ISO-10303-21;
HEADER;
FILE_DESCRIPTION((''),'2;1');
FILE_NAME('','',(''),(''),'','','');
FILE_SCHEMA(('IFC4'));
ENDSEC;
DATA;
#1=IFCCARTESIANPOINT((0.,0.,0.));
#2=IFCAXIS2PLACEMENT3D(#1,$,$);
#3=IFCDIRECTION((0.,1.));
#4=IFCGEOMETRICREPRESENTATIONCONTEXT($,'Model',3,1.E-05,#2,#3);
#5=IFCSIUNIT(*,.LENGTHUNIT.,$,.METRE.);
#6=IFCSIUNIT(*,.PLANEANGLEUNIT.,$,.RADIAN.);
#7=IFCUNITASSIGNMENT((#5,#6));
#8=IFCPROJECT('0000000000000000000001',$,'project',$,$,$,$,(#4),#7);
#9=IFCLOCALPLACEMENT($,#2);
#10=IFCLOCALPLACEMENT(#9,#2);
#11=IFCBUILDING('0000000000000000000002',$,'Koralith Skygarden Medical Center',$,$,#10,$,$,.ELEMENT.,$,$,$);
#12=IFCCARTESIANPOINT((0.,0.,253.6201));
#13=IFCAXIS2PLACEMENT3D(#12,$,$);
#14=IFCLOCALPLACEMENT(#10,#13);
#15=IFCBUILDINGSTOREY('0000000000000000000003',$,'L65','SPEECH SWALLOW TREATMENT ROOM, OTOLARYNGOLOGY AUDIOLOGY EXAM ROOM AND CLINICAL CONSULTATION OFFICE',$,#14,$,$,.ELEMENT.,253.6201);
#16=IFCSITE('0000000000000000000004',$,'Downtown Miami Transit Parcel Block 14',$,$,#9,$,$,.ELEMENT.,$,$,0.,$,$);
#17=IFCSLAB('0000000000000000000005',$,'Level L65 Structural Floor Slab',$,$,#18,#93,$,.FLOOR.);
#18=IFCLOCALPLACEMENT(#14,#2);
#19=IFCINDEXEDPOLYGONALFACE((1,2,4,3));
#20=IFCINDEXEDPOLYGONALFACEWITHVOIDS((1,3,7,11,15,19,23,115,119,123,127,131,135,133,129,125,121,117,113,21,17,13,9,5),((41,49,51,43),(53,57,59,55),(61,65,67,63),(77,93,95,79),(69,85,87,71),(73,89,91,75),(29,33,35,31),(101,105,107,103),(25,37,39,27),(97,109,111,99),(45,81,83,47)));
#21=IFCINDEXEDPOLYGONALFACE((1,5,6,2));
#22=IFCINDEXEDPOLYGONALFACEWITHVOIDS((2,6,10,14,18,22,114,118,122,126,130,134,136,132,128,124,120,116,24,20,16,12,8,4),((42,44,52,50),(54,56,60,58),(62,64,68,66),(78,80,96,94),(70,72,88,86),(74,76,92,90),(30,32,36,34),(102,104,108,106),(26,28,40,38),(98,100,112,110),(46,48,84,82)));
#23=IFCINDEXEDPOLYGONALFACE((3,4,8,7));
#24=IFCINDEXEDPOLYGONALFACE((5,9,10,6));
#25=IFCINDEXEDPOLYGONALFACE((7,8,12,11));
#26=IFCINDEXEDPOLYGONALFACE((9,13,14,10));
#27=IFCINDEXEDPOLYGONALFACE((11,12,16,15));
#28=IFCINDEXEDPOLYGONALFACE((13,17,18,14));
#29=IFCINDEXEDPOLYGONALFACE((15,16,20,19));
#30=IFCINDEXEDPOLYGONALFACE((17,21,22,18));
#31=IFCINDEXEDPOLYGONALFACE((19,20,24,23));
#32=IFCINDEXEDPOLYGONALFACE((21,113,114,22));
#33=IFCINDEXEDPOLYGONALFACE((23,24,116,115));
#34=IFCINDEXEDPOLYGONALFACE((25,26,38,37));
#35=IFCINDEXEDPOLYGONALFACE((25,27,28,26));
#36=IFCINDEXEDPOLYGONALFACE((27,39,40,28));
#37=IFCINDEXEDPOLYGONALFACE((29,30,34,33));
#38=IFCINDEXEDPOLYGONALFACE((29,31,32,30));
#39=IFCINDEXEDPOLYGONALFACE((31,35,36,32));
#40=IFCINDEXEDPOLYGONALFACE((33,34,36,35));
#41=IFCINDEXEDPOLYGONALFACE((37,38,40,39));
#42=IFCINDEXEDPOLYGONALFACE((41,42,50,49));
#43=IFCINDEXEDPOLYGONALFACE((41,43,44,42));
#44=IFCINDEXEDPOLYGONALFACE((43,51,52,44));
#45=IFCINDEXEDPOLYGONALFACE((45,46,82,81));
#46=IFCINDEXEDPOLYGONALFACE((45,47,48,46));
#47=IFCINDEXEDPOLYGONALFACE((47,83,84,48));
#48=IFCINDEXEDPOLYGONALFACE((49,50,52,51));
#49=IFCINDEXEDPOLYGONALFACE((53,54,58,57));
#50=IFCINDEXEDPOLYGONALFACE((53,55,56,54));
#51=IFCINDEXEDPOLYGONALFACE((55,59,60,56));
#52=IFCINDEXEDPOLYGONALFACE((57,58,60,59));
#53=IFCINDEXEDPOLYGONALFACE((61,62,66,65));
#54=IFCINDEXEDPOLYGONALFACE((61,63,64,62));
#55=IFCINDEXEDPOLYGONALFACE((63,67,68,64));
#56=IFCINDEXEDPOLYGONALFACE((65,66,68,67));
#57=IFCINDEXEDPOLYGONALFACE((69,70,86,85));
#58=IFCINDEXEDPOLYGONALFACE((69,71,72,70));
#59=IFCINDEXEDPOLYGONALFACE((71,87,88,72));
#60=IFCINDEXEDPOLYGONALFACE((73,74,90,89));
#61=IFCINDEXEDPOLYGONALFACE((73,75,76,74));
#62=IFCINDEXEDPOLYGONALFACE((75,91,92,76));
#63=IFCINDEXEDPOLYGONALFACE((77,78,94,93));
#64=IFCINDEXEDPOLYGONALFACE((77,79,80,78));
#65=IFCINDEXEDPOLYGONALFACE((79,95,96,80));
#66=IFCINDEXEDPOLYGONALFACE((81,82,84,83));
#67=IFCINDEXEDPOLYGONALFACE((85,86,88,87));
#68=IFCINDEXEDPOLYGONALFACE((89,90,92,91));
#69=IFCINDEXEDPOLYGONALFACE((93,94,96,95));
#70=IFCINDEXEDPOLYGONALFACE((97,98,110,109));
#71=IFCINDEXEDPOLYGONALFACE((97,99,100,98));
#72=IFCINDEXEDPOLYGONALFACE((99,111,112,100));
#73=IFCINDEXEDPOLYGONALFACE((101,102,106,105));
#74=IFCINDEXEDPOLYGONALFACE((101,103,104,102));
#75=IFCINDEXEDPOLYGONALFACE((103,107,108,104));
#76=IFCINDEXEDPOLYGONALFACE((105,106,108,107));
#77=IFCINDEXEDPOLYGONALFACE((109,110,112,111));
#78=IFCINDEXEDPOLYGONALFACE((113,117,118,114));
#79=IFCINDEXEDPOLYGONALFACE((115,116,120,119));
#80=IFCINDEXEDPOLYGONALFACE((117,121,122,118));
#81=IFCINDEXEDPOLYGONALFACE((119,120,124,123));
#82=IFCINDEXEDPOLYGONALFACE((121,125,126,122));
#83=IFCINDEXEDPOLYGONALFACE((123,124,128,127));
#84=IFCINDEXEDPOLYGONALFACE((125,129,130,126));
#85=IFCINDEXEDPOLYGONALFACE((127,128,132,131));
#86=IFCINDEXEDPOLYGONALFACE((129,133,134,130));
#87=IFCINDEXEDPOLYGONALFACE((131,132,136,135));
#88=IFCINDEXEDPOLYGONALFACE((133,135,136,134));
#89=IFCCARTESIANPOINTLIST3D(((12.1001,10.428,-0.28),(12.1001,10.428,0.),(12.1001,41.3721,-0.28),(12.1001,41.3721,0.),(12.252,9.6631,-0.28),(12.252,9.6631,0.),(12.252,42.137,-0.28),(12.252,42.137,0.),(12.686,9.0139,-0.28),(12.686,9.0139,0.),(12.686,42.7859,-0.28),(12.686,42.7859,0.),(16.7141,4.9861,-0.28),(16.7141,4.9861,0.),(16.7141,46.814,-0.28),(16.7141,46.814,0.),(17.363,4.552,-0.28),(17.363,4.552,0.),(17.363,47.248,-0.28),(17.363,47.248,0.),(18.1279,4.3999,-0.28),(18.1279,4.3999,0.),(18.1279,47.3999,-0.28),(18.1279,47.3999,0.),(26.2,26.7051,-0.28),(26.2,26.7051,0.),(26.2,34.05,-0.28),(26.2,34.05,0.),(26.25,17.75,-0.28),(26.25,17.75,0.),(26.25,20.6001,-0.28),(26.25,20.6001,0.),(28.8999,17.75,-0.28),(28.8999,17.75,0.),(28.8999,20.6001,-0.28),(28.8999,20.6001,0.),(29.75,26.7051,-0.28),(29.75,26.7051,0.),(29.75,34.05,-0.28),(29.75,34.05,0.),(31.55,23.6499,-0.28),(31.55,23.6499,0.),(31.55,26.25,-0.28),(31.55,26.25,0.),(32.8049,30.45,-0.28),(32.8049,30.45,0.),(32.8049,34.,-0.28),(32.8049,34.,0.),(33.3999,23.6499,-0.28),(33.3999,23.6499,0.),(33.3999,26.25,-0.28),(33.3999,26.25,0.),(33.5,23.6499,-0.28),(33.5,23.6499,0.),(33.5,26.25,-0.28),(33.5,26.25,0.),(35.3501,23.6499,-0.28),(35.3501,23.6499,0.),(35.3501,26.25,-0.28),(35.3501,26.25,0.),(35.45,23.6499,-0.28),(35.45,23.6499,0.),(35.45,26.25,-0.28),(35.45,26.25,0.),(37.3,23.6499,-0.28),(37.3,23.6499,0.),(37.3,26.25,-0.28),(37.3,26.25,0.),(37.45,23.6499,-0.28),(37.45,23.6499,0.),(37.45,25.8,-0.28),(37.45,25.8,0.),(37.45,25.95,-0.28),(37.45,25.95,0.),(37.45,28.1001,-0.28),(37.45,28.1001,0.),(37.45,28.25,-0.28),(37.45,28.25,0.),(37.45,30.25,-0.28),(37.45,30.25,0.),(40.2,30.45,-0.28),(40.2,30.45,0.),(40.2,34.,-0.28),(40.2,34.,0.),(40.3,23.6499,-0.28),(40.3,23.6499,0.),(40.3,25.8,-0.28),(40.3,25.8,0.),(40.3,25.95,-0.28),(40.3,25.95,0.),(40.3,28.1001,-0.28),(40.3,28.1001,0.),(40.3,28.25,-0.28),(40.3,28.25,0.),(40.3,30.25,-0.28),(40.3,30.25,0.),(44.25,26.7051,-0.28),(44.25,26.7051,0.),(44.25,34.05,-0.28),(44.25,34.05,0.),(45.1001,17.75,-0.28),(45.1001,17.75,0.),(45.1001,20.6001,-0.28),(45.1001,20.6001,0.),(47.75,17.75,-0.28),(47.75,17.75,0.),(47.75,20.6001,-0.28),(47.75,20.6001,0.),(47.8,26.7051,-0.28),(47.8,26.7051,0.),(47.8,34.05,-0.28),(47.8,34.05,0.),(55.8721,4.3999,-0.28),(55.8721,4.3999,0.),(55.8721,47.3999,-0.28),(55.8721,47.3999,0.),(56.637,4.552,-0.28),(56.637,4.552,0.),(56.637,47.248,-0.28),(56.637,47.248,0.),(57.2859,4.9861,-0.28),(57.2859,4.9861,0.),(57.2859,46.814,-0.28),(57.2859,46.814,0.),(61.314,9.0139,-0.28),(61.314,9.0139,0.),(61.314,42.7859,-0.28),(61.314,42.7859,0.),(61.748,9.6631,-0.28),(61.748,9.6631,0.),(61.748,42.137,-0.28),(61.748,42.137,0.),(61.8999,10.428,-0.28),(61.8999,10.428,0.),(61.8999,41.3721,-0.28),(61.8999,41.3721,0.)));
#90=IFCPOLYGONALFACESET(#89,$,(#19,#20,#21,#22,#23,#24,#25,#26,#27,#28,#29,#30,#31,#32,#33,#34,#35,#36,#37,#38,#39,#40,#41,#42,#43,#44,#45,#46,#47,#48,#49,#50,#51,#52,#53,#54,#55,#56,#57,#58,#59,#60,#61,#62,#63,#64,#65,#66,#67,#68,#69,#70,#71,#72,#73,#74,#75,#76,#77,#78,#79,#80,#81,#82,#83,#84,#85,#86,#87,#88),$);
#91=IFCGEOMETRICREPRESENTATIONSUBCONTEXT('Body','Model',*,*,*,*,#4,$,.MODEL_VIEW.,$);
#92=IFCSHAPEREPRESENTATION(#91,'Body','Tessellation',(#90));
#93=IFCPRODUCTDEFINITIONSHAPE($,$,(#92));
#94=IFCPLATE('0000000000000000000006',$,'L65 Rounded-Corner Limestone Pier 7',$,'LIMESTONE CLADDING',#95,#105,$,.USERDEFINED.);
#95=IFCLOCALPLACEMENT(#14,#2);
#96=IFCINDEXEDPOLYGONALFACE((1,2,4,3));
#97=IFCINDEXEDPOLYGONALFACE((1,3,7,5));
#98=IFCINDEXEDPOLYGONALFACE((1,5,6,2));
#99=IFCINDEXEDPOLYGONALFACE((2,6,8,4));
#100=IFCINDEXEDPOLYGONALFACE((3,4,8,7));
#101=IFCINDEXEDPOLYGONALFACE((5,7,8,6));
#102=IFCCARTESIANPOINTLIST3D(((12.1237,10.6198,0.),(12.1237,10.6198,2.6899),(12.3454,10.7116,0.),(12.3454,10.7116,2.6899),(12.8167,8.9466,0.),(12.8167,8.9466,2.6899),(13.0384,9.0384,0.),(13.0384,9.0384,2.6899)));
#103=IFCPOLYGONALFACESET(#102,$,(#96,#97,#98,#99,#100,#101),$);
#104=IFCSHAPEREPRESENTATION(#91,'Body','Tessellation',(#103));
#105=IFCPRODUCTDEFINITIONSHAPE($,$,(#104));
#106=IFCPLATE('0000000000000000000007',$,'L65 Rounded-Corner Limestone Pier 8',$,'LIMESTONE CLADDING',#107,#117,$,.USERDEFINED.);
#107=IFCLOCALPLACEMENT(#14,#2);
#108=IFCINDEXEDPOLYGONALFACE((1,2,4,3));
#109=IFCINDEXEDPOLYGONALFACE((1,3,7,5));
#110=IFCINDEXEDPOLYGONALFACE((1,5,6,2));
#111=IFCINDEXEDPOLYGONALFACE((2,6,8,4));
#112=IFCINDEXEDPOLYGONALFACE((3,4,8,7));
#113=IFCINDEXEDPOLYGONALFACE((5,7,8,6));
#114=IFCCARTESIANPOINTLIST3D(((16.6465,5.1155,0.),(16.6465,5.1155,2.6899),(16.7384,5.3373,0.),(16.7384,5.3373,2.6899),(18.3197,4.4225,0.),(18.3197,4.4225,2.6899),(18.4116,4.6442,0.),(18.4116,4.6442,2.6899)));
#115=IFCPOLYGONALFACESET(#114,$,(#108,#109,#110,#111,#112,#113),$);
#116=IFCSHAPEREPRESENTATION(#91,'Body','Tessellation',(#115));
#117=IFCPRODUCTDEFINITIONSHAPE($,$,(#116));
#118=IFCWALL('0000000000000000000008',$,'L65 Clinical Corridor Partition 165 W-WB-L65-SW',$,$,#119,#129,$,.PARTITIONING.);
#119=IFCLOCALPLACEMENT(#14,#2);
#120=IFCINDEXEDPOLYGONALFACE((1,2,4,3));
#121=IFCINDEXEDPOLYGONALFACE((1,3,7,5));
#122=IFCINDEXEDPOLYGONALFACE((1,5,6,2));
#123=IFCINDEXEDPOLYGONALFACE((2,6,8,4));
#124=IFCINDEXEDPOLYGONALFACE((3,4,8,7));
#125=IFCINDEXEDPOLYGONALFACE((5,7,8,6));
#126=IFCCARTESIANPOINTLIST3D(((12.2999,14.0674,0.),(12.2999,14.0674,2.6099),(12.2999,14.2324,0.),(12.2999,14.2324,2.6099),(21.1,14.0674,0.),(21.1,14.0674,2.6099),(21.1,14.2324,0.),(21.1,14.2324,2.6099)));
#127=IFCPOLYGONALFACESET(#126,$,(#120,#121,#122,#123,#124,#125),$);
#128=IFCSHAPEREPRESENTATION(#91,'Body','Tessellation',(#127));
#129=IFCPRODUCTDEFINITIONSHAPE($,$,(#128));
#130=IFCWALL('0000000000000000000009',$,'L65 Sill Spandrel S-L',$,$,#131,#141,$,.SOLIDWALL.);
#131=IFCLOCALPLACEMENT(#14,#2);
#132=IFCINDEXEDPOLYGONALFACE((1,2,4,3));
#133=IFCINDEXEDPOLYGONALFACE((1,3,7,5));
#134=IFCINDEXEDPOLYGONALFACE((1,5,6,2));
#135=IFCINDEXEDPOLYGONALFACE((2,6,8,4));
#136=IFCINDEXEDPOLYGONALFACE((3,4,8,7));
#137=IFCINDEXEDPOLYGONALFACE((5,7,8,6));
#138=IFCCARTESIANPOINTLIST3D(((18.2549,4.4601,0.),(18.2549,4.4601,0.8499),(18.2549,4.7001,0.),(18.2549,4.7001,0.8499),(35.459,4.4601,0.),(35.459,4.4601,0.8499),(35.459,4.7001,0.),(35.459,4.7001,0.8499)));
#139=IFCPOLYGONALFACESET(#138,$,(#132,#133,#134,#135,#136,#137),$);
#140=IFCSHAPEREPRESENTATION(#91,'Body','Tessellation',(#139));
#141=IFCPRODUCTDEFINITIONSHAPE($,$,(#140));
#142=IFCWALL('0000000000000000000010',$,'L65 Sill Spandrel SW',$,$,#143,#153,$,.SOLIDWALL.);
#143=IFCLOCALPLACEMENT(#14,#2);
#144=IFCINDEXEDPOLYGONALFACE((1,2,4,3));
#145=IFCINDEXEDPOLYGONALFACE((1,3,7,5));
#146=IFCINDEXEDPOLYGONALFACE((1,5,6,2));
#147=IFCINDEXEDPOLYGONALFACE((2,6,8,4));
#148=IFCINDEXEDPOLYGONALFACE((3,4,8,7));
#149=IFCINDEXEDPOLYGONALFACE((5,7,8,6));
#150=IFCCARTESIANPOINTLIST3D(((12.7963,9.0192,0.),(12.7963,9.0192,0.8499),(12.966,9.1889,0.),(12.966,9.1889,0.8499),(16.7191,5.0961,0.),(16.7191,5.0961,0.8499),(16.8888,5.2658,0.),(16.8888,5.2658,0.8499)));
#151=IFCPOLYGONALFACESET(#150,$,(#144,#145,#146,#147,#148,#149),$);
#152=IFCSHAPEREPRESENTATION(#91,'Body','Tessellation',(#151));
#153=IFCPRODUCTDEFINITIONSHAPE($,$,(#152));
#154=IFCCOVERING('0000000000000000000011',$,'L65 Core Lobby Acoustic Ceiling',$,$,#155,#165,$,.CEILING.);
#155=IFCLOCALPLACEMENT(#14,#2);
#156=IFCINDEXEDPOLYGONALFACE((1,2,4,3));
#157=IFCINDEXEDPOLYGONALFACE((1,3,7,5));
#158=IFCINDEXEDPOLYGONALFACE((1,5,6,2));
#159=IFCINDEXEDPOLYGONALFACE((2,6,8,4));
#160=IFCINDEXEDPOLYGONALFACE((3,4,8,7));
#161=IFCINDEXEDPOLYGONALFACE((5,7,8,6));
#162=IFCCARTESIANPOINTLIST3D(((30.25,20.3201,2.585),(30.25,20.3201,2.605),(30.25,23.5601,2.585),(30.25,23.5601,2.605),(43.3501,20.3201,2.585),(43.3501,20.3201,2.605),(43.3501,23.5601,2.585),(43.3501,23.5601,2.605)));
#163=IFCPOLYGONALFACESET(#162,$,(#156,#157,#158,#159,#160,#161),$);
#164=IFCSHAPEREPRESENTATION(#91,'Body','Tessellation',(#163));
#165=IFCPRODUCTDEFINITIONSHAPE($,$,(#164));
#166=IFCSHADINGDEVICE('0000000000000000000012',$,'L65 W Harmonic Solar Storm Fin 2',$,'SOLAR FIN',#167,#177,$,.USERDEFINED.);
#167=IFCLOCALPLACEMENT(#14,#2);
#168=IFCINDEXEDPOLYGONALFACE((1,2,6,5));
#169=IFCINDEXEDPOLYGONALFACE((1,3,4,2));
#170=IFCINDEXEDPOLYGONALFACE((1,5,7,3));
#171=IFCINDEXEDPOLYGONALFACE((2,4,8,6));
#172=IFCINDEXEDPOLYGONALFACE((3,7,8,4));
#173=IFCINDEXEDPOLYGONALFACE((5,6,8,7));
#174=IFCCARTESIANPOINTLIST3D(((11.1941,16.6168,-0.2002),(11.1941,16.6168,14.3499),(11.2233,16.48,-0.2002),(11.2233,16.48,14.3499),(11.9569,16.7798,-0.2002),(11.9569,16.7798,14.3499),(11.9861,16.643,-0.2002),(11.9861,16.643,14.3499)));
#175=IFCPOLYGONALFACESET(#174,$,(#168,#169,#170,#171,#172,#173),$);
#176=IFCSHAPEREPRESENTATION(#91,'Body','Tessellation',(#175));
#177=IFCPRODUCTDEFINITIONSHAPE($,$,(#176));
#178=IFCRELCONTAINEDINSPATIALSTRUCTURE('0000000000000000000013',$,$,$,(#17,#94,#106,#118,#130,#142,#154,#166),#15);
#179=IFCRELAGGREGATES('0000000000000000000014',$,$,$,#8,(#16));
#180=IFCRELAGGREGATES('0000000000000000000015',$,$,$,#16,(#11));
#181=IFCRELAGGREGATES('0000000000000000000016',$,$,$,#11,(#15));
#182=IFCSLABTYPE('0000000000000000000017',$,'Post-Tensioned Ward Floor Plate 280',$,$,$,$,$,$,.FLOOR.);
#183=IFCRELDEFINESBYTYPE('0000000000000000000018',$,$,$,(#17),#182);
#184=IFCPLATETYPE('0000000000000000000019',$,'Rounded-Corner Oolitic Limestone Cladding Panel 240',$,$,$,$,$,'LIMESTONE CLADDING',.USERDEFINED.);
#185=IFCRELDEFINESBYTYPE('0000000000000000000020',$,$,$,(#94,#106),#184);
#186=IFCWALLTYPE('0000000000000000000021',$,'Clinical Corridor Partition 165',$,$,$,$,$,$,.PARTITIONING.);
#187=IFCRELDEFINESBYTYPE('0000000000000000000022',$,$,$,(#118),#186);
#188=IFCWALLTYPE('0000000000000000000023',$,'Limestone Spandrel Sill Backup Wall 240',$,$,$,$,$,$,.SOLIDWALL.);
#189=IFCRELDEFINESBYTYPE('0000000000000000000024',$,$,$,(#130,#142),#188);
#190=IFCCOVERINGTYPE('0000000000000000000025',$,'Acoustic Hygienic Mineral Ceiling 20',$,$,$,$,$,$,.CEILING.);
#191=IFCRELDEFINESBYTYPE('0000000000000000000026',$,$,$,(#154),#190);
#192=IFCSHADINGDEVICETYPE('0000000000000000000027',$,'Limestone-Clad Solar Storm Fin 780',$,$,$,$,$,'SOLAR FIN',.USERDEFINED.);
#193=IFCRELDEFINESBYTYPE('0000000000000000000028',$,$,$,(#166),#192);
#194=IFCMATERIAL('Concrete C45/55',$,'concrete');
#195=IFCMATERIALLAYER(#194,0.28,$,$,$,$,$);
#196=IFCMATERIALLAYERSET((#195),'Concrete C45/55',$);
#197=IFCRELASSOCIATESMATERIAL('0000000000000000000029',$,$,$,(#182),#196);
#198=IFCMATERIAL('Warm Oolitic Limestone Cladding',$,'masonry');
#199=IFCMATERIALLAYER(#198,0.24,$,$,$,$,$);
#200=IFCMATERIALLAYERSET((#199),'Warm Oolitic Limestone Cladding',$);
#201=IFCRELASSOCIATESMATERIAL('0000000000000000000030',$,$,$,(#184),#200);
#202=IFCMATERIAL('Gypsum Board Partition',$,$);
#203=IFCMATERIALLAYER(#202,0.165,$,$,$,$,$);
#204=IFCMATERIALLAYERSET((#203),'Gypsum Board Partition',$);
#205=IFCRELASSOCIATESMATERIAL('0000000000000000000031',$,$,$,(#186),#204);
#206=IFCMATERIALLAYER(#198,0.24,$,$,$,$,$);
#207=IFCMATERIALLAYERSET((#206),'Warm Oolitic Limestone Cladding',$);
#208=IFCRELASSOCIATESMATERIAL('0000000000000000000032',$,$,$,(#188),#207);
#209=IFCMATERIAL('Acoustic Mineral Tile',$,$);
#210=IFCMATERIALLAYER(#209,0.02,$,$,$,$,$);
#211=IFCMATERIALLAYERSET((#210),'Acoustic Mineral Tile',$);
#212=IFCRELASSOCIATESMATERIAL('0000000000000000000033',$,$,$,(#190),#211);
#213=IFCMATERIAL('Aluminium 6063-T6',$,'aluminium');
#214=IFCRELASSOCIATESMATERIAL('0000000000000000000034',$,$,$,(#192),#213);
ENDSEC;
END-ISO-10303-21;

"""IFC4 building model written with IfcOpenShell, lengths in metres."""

from ifc_helpers import new_model, si_unit, direction, frame, frame_2d, origin, origin_2d, place, context, subcontext, project, spatial, polyline, rectangle, outline, extrude, material, layer, layer_set, type_object, element, save


model = new_model("IFC4")

# Units and contexts
model_context = context("Model", 3, precision=1e-05, world=origin(), true_north=direction((0.0, 1.0)))
body_context = subcontext(model_context, "Body", "Model", "MODEL_VIEW")
ifc_project = project(units=[si_unit("LENGTHUNIT", "METRE"), si_unit("PLANEANGLEUNIT", "RADIAN")], contexts=[model_context])

# Site, building, storey
site_placement = place(None, origin())
site = spatial("IfcSite", under=ifc_project, at=site_placement, Name="Downtown Miami Transit Parcel Block 14", CompositionType="ELEMENT", RefElevation=0.0)
building_placement = place(site_placement, origin())
building = spatial("IfcBuilding", under=site, at=building_placement, Name="Koralith Skygarden Medical Center", CompositionType="ELEMENT")
storey_placement = place(building_placement, frame((0.0, 0.0, 253.6201)))
storey = spatial("IfcBuildingStorey", under=building, at=storey_placement, Name="L65", Description="SPEECH SWALLOW TREATMENT ROOM, OTOLARYNGOLOGY AUDIOLOGY EXAM ROOM AND CLINICAL CONSULTATION OFFICE", CompositionType="ELEMENT", Elevation=253.6201)

# Shared definitions
ifc_material_1 = material(Name="Aluminium 6063-T6", Category="aluminium")

# Shared definitions
ifc_material_2 = material(Name="Concrete C45/55", Category="concrete")

# Slab
ifc_layer_1 = layer(ifc_material_2, 0.28)
ifc_layer_set_1 = layer_set([ifc_layer_1], Name="Concrete C45/55")
slab_type_1 = type_object("IfcSlabType", Name="Post-Tensioned Ward Floor Plate 280", PredefinedType="FLOOR", material=ifc_layer_set_1)
slab_1_placement = place(storey_placement, frame((0.0, 0.0, -0.28)))
element("IfcSlab", 1, at=slab_1_placement, inside=storey, type_object=slab_type_1, Name="Level L65 Structural Floor Slab", PredefinedType="FLOOR", context=body_context, shape_type="SweptSolid", body=[
    extrude(outline(polyline([(16.7141, 4.9861), (17.363, 4.552), (18.1279, 4.3999), (55.8721, 4.3999), (56.637, 4.552), (57.2859, 4.9861), (61.314, 9.0139), (61.748, 9.6631), (61.8999, 10.428), (61.8999, 41.3721), (61.748, 42.137), (61.314, 42.7859), (57.2859, 46.814), (56.637, 47.248), (55.8721, 47.3999), (18.1279, 47.3999), (17.363, 47.248), (16.7141, 46.814), (12.686, 42.7859), (12.252, 42.137), (12.1001, 41.3721), (12.1001, 10.428), (12.252, 9.6631), (12.686, 9.0139), (16.7141, 4.9861)]), holes=[polyline([(26.2, 26.7051), (29.75, 26.7051), (29.75, 34.05), (26.2, 34.05), (26.2, 26.7051)]), polyline([(44.25, 26.7051), (47.8, 26.7051), (47.8, 34.05), (44.25, 34.05), (44.25, 26.7051)]), polyline([(32.8049, 30.45), (40.2, 30.45), (40.2, 34.0), (32.8049, 34.0), (32.8049, 30.45)]), polyline([(26.25, 17.75), (28.8999, 17.75), (28.8999, 20.6001), (26.25, 20.6001), (26.25, 17.75)]), polyline([(45.1001, 17.75), (47.75, 17.75), (47.75, 20.6001), (45.1001, 20.6001), (45.1001, 17.75)]), polyline([(31.55, 23.6499), (33.3999, 23.6499), (33.3999, 26.25), (31.55, 26.25), (31.55, 23.6499)]), polyline([(33.5, 23.6499), (35.3501, 23.6499), (35.3501, 26.25), (33.5, 26.25), (33.5, 23.6499)]), polyline([(35.45, 23.6499), (37.3, 23.6499), (37.3, 26.25), (35.45, 26.25), (35.45, 23.6499)]), polyline([(37.45, 23.6499), (40.3, 23.6499), (40.3, 25.8), (37.45, 25.8), (37.45, 23.6499)]), polyline([(37.45, 25.95), (40.3, 25.95), (40.3, 28.1001), (37.45, 28.1001), (37.45, 25.95)]), polyline([(37.45, 28.25), (40.3, 28.25), (40.3, 30.25), (37.45, 30.25), (37.45, 28.25)])]), origin(), (0.0, 0.0, 1.0), 0.28),
])

# Plates
ifc_material_3 = material(Name="Warm Oolitic Limestone Cladding", Category="masonry")
ifc_layer_2 = layer(ifc_material_3, 0.24)
ifc_layer_set_2 = layer_set([ifc_layer_2], Name="Warm Oolitic Limestone Cladding")
plate_type_1 = type_object("IfcPlateType", Name="Rounded-Corner Oolitic Limestone Cladding Panel 240", ElementType="LIMESTONE CLADDING", PredefinedType="USERDEFINED", material=ifc_layer_set_2)
for number, where, z_axis, x_axis, name in (
    (2, (12.5811, 9.8291, 0.0), (0.0, 0.0, 1.0), (0.382671, -0.923885, 0.0), "L65 Rounded-Corner Limestone Pier 7"),
    (3, (17.5291, 4.8799, 0.0), (0.0, 0.0, 1.0), (0.923885, -0.382671, 0.0), "L65 Rounded-Corner Limestone Pier 8"),
):
    element("IfcPlate", number, at=place(storey_placement, frame(where, z_axis=z_axis, x_axis=x_axis)), inside=storey, type_object=plate_type_1, Name=name, ObjectType="LIMESTONE CLADDING", PredefinedType="USERDEFINED", context=body_context, shape_type="SweptSolid", body=[
        extrude(rectangle(XDim=1.811, YDim=0.24, at=origin_2d()), origin(), (0.0, 0.0, 1.0), 2.6899),
    ])

# Walls
ifc_material_4 = material(Name="Gypsum Board Partition")
ifc_layer_3 = layer(ifc_material_4, 0.165)
ifc_layer_set_3 = layer_set([ifc_layer_3], Name="Gypsum Board Partition")
wall_type_1 = type_object("IfcWallType", Name="Clinical Corridor Partition 165", PredefinedType="PARTITIONING", material=ifc_layer_set_3)
wall_1_placement = place(storey_placement, frame((12.3, 14.1499, 0.0), z_axis=(0.0, 0.0, 1.0), x_axis=(1.0, 0.0, 0.0)))
element("IfcWall", 4, at=wall_1_placement, inside=storey, type_object=wall_type_1, Name="L65 Clinical Corridor Partition 165 W-WB-L65-SW", PredefinedType="PARTITIONING", context=body_context, shape_type="SweptSolid", body=[
    extrude(rectangle(XDim=8.8, YDim=0.165, at=frame_2d((4.3999, 0.0))), origin(), (0.0, 0.0, 1.0), 2.6099),
])
ifc_layer_4 = layer(ifc_material_3, 0.24)
ifc_layer_set_4 = layer_set([ifc_layer_4], Name="Warm Oolitic Limestone Cladding")
wall_type_2 = type_object("IfcWallType", Name="Limestone Spandrel Sill Backup Wall 240", PredefinedType="SOLIDWALL", material=ifc_layer_set_4)
wall_2_placement = place(storey_placement, frame((18.2549, 4.5801, 0.0), z_axis=(0.0, 0.0, 1.0), x_axis=(1.0, 0.0, 0.0)))
element("IfcWall", 5, at=wall_2_placement, inside=storey, type_object=wall_type_2, Name="L65 Sill Spandrel S-L", PredefinedType="SOLIDWALL", context=body_context, shape_type="SweptSolid", body=[
    extrude(rectangle(XDim=17.2041, YDim=0.24, at=frame_2d((8.6021, 0.0))), origin(), (0.0, 0.0, 1.0), 0.8499),
])
wall_3_placement = place(storey_placement, frame((12.8811, 9.104, 0.0), z_axis=(0.0, 0.0, 1.0), x_axis=(0.707085, -0.707129, 0.0)))
element("IfcWall", 6, at=wall_3_placement, inside=storey, type_object=wall_type_2, Name="L65 Sill Spandrel SW", PredefinedType="SOLIDWALL", context=body_context, shape_type="SweptSolid", body=[
    extrude(rectangle(XDim=5.5479, YDim=0.24, at=frame_2d((2.7739, 0.0))), origin(), (0.0, 0.0, 1.0), 0.8499),
])

# Covering
ifc_material_5 = material(Name="Acoustic Mineral Tile")
ifc_layer_5 = layer(ifc_material_5, 0.02)
ifc_layer_set_5 = layer_set([ifc_layer_5], Name="Acoustic Mineral Tile")
covering_type_1 = type_object("IfcCoveringType", Name="Acoustic Hygienic Mineral Ceiling 20", PredefinedType="CEILING", material=ifc_layer_set_5)
covering_1_placement = place(storey_placement, frame((0.0, 0.0, 2.585)))
element("IfcCovering", 7, at=covering_1_placement, inside=storey, type_object=covering_type_1, Name="L65 Core Lobby Acoustic Ceiling", PredefinedType="CEILING", context=body_context, shape_type="SweptSolid", body=[
    extrude(outline(polyline([(30.25, 20.3201), (43.3501, 20.3201), (43.3501, 23.5601), (30.25, 23.5601), (30.25, 20.3201)])), origin(), (0.0, 0.0, 1.0), 0.02),
])

# Shading device
shading_device_type = type_object("IfcShadingDeviceType", Name="Limestone-Clad Solar Storm Fin 780", ElementType="SOLAR FIN", PredefinedType="USERDEFINED", material=ifc_material_1)
for number, where, z_axis, x_axis, name in (
    (8, (11.5901, 16.6299, -0.2002), (0.0, 0.0, 1.0), (-0.977937, -0.208902, 0.0), "L65 W Harmonic Solar Storm Fin 2"),
):
    element("IfcShadingDevice", number, at=place(storey_placement, frame(where, z_axis=z_axis, x_axis=x_axis)), inside=storey, type_object=shading_device_type, Name=name, ObjectType="SOLAR FIN", PredefinedType="USERDEFINED", context=body_context, shape_type="SweptSolid", body=[
        extrude(rectangle(XDim=0.78, YDim=0.1399, at=origin_2d()), origin(), (0.0, 0.0, 1.0), 14.55),
    ])

save(model, "model.ifc")
